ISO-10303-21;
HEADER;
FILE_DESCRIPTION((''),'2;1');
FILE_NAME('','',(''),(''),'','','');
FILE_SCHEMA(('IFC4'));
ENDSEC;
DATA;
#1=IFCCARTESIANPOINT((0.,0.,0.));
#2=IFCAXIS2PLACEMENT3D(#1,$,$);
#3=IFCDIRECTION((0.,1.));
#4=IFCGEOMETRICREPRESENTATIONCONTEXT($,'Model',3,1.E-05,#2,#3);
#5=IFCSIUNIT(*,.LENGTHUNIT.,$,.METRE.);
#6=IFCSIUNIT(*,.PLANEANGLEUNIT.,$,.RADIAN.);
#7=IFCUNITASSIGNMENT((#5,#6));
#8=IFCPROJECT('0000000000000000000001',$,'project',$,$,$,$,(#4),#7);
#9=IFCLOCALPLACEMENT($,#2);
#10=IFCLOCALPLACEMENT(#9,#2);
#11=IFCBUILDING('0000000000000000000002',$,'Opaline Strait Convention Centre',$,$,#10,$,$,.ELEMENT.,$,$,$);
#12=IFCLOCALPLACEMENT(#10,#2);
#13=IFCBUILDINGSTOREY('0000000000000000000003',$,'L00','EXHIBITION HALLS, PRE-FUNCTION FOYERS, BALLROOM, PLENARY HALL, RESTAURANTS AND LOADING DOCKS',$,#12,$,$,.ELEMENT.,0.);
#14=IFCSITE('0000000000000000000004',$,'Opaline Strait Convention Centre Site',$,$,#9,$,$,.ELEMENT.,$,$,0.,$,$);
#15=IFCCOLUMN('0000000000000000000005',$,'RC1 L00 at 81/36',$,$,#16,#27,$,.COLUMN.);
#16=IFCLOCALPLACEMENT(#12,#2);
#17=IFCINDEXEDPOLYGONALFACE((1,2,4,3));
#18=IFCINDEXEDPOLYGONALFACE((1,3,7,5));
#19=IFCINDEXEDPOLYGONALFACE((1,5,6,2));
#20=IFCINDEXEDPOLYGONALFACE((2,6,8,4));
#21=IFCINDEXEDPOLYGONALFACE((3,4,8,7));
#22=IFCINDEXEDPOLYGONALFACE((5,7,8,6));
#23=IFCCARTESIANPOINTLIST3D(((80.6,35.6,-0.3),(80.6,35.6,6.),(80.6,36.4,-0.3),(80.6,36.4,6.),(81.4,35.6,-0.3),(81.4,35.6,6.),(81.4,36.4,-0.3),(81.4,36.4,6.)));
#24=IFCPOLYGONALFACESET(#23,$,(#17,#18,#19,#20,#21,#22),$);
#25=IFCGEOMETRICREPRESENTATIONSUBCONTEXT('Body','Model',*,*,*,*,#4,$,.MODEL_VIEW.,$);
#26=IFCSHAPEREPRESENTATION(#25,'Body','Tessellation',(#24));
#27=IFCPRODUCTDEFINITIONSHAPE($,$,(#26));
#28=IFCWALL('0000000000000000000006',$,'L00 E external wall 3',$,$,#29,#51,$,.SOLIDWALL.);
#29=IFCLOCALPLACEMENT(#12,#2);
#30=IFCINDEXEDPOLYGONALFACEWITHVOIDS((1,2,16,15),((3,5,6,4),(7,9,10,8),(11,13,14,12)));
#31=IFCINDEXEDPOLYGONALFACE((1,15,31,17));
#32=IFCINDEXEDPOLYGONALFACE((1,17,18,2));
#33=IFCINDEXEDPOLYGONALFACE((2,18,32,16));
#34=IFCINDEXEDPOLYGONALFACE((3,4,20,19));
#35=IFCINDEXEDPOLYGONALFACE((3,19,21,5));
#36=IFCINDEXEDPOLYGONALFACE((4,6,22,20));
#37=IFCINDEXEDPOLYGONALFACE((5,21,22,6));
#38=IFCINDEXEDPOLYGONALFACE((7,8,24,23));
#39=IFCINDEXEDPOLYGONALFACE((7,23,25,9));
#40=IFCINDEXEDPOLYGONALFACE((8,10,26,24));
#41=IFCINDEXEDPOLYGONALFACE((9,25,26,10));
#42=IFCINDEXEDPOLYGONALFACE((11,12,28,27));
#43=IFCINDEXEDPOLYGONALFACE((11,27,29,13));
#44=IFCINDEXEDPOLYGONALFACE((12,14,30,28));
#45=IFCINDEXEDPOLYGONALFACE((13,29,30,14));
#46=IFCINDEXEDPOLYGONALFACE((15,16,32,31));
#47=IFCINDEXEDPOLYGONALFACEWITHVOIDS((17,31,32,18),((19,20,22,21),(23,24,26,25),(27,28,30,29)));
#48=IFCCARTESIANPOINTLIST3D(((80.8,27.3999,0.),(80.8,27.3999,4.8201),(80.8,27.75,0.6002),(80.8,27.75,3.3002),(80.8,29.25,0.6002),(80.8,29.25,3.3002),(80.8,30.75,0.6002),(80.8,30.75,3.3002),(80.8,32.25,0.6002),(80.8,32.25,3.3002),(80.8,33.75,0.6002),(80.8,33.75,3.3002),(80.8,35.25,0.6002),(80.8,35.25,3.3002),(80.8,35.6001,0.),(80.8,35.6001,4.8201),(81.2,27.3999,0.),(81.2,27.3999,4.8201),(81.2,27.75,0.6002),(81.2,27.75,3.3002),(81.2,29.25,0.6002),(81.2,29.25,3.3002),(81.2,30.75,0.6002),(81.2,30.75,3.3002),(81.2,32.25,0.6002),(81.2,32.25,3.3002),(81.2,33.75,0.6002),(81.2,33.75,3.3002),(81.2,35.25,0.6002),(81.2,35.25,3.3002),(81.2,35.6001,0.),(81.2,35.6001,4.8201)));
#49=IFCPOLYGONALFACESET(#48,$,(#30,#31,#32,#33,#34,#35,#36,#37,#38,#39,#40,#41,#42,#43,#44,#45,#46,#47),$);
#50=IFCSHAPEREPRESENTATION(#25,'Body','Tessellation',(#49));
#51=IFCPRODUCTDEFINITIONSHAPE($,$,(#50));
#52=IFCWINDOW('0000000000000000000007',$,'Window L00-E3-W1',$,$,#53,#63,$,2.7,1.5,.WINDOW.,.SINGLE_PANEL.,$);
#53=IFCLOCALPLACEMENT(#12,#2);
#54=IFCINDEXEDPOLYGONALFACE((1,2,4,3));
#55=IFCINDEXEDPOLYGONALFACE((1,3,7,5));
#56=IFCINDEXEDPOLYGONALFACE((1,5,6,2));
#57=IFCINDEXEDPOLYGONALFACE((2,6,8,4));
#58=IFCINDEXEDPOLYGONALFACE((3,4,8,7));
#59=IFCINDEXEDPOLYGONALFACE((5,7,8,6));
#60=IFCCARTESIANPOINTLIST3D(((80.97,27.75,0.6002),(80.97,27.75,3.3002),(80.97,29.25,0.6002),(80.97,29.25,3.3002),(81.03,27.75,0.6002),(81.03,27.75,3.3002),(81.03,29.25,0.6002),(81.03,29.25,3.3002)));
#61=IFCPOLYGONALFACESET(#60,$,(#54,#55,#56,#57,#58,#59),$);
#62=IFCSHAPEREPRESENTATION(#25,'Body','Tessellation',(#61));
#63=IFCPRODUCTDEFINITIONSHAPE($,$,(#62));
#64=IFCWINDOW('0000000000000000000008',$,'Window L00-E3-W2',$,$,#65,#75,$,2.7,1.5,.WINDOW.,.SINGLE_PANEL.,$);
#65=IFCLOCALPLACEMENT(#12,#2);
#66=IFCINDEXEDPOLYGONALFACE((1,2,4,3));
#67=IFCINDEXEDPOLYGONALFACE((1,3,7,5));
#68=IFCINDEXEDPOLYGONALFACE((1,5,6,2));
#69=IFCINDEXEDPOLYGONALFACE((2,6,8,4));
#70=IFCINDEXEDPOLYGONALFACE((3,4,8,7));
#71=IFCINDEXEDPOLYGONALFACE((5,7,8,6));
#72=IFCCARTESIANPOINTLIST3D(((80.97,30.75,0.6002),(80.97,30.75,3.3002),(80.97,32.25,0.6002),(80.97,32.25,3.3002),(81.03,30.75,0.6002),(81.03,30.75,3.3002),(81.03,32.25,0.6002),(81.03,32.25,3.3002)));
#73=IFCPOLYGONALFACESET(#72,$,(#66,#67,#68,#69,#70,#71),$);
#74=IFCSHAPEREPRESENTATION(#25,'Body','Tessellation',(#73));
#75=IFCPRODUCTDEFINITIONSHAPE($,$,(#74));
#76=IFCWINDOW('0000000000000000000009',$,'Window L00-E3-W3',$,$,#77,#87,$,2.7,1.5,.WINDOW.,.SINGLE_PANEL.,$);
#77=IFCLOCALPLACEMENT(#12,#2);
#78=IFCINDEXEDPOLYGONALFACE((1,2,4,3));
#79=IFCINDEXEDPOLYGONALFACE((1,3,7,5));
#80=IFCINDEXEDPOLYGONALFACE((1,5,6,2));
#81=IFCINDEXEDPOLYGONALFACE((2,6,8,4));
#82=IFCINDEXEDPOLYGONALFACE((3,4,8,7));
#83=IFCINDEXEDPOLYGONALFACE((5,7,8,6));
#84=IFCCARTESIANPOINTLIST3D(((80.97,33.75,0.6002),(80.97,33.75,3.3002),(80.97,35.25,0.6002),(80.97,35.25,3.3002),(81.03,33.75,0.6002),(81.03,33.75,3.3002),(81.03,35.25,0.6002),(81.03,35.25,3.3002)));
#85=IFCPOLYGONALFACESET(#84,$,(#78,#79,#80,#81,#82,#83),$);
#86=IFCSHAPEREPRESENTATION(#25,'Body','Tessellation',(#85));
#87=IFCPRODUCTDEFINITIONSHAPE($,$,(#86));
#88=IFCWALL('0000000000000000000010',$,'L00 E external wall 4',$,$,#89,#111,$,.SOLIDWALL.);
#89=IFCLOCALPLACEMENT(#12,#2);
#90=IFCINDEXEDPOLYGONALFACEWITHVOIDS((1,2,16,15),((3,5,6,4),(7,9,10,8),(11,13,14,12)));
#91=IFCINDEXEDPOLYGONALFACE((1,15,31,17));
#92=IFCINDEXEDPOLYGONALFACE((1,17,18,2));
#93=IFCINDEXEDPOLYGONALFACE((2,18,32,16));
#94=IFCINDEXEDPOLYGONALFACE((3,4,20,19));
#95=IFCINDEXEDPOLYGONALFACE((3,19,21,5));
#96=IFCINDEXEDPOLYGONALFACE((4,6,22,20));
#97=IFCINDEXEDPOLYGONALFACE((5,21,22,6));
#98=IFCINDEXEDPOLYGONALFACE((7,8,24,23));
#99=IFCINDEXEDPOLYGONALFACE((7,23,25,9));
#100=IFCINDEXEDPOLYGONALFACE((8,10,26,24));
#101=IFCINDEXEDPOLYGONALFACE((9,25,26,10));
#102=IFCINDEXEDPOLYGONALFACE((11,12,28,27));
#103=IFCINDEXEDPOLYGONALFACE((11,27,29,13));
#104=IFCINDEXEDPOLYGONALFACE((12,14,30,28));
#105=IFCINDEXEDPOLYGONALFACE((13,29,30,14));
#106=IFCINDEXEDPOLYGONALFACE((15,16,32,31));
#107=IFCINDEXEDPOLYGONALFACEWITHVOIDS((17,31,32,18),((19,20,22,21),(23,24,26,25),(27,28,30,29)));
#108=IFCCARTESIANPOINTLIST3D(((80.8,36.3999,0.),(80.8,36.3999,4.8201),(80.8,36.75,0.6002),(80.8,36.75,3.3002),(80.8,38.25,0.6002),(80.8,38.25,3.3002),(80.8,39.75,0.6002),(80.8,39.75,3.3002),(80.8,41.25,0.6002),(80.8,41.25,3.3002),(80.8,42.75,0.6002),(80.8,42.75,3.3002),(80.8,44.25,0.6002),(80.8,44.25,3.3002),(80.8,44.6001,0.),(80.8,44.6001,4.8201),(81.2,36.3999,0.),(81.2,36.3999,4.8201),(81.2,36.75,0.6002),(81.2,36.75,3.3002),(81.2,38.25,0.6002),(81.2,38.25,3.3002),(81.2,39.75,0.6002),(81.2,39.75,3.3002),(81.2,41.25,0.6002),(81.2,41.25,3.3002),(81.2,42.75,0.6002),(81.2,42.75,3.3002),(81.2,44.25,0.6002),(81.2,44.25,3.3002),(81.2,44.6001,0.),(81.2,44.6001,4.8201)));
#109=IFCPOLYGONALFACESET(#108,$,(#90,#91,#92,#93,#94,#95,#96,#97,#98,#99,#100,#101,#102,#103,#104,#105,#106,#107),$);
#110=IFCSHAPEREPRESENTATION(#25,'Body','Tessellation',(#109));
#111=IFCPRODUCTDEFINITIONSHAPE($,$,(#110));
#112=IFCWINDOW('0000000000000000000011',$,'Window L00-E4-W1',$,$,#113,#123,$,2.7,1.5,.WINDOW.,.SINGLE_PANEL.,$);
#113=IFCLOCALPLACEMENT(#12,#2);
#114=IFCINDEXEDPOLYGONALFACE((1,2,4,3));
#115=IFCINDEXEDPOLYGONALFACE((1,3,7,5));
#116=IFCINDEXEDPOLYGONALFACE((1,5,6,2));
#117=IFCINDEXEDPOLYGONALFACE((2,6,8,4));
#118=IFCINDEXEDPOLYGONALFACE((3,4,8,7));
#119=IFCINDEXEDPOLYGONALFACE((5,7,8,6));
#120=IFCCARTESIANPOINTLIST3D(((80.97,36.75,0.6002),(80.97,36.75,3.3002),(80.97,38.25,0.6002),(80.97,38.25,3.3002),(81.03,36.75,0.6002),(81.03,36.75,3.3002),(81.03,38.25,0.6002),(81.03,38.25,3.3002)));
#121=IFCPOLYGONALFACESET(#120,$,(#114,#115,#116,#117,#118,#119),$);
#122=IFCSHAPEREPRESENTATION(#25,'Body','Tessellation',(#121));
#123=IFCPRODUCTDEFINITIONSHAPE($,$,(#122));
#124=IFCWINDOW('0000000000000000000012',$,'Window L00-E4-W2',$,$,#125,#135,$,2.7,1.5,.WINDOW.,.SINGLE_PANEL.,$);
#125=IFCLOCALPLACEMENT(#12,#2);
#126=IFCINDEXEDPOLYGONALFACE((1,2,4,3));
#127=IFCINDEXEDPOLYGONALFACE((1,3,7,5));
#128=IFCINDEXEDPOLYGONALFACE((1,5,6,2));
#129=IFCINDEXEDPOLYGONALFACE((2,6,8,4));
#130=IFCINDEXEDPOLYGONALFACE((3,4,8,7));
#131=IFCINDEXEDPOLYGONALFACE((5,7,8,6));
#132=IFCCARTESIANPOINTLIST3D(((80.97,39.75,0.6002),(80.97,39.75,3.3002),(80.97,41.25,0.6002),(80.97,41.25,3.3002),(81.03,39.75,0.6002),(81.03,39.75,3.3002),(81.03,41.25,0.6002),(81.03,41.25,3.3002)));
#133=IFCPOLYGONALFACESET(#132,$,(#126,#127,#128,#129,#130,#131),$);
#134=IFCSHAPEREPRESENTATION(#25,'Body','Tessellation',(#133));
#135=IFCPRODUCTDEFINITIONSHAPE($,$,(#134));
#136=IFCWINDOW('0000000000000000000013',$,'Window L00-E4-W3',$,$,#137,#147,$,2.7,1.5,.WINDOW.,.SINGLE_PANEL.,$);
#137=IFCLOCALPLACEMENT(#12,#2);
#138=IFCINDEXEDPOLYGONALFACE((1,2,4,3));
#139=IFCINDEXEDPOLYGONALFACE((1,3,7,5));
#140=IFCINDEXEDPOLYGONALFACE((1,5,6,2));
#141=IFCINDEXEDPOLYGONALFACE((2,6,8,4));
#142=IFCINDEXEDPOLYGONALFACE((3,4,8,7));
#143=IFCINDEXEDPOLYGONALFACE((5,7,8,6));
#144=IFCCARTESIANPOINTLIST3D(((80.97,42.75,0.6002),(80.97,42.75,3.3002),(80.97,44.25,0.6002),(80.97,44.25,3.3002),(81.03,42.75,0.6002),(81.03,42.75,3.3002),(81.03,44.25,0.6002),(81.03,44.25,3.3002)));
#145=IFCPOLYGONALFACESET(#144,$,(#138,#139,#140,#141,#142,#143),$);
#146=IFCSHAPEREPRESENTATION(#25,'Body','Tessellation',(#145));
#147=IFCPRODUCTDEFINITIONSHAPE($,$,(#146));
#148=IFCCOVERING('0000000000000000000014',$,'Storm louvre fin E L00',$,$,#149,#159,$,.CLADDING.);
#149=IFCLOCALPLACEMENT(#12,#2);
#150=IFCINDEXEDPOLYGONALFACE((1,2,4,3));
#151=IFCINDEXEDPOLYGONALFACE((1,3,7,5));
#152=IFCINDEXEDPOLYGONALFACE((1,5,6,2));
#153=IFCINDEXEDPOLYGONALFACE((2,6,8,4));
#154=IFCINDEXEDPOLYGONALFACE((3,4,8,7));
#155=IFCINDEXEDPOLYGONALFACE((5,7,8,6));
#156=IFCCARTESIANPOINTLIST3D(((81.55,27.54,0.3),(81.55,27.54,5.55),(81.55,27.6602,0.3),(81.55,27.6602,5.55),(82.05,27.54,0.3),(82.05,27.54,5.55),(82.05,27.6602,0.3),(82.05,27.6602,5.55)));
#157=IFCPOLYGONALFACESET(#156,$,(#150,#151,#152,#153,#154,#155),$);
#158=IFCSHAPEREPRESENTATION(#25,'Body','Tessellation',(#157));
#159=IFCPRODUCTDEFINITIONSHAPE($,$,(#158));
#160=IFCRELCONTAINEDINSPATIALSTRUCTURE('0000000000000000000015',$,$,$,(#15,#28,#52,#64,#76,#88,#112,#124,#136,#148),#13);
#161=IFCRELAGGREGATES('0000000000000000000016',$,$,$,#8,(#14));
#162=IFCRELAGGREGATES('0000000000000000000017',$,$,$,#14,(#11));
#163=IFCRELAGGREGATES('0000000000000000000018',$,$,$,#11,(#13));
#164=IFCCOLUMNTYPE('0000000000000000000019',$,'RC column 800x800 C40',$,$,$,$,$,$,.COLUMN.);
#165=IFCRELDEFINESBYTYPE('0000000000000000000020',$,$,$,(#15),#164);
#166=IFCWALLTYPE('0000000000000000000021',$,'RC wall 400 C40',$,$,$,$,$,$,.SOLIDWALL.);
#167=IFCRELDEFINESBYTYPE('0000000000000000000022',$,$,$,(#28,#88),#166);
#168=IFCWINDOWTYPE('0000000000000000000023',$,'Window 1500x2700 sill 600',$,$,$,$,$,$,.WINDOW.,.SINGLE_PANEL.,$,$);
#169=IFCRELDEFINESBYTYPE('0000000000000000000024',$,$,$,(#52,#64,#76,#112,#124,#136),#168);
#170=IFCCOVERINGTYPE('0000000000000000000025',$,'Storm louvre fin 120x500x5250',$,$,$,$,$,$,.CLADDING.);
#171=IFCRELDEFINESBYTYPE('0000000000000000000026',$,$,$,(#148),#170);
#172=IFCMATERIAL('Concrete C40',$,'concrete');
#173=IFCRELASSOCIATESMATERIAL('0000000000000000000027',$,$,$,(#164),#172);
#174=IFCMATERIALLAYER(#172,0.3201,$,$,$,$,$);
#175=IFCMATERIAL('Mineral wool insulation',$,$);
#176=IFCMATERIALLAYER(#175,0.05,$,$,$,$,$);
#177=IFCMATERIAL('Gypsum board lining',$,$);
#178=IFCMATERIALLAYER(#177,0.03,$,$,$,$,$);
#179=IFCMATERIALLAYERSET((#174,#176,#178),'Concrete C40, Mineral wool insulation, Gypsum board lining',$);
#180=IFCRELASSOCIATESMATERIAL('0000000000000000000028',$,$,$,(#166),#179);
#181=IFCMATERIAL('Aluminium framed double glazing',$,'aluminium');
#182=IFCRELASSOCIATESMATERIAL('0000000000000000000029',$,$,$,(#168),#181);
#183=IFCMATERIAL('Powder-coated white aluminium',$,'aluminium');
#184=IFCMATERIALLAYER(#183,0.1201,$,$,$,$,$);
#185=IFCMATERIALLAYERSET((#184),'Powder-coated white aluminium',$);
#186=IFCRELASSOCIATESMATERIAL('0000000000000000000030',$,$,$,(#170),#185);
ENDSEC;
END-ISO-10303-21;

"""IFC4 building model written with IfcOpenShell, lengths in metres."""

from ifc_helpers import new_model, si_unit, direction, frame, frame_2d, origin, origin_2d, place, context, subcontext, project, spatial, rectangle, extrude, material, layer, layer_set, material_profile, profile_set, type_object, element, fill, save


model = new_model("IFC4")

# Units and contexts
model_context = context("Model", 3, precision=1e-05, world=origin(), true_north=direction((0.0, 1.0)))
body_context = subcontext(model_context, "Body", "Model", "MODEL_VIEW")
ifc_project = project(units=[si_unit("LENGTHUNIT", "METRE"), si_unit("PLANEANGLEUNIT", "RADIAN")], contexts=[model_context])

# Site, building, storey
site_placement = place(None, origin())
site = spatial("IfcSite", under=ifc_project, at=site_placement, Name="Opaline Strait Convention Centre Site", CompositionType="ELEMENT", RefElevation=0.0)
building_placement = place(site_placement, origin())
building = spatial("IfcBuilding", under=site, at=building_placement, Name="Opaline Strait Convention Centre", CompositionType="ELEMENT")
storey_placement = place(building_placement, origin())
storey = spatial("IfcBuildingStorey", under=building, at=storey_placement, Name="L00", Description="EXHIBITION HALLS, PRE-FUNCTION FOYERS, BALLROOM, PLENARY HALL, RESTAURANTS AND LOADING DOCKS", CompositionType="ELEMENT", Elevation=0.0)

# Column
ifc_material_1 = material(Name="Concrete C40", Category="concrete")
ifc_material_profile_1 = material_profile(ifc_material_1, rectangle(XDim=0.8, YDim=0.8, at=origin_2d()), Name="RC 800x800")
ifc_profile_set_1 = profile_set([ifc_material_profile_1], Name="Concrete C40")
column_type = type_object("IfcColumnType", Name="RC column 800x800 C40", PredefinedType="COLUMN", material=ifc_profile_set_1)
for number, where, z_axis, x_axis, name in (
    (1, (81.0, 36.0, -0.3), (0.0, 0.0, 1.0), (1.0, 0.0, 0.0), "RC1 L00 at 81/36"),
):
    element("IfcColumn", number, at=place(storey_placement, frame(where, z_axis=z_axis, x_axis=x_axis)), inside=storey, type_object=column_type, Name=name, PredefinedType="COLUMN", context=body_context, shape_type="SweptSolid", body=[
        extrude(rectangle(XDim=0.8, YDim=0.8, at=origin_2d()), origin(), (0.0, 0.0, 1.0), 6.3),
    ])

# Walls, openings, windows
ifc_layer_1 = layer(ifc_material_1, 0.3201)
ifc_material_2 = material(Name="Mineral wool insulation")
ifc_layer_2 = layer(ifc_material_2, 0.05)
ifc_material_3 = material(Name="Gypsum board lining")
ifc_layer_3 = layer(ifc_material_3, 0.03)
ifc_layer_set_1 = layer_set([ifc_layer_1, ifc_layer_2, ifc_layer_3], Name="Concrete C40, Mineral wool insulation, Gypsum board lining")
wall_type = type_object("IfcWallType", Name="RC wall 400 C40", PredefinedType="SOLIDWALL", material=ifc_layer_set_1)
wall_1_placement = place(storey_placement, frame((81.0, 27.3999, 0.0), z_axis=(0.0, 0.0, 1.0), x_axis=(0.0, 1.0, 0.0)))
wall_1 = element("IfcWall", 2, at=wall_1_placement, inside=storey, type_object=wall_type, Name="L00 E external wall 3", PredefinedType="SOLIDWALL", context=body_context, shape_type="SweptSolid", body=[
    extrude(rectangle(XDim=8.2002, YDim=0.3999, at=frame_2d((4.1001, 0.0))), origin(), (0.0, 0.0, 1.0), 4.8201),
])
opening_1_placement = place(wall_1_placement, frame((0.3501, 0.0, 0.6001)))
opening_1 = element("IfcOpeningElement", 3, at=opening_1_placement, cuts=wall_1, PredefinedType="OPENING", context=body_context, shape_type="SweptSolid", body=[
    extrude(rectangle(XDim=1.5, YDim=2.7, at=frame_2d((0.75, 1.3501))), frame((0.0, 0.21, 0.0), z_axis=(0.0, -1.0, 0.0), x_axis=(1.0, 0.0, 0.0)), (0.0, 0.0, 1.0), 0.4199),
])
opening_2_placement = place(wall_1_placement, frame((3.3501, 0.0, 0.6001)))
opening_2 = element("IfcOpeningElement", 4, at=opening_2_placement, cuts=wall_1, PredefinedType="OPENING", context=body_context, shape_type="SweptSolid", body=[
    extrude(rectangle(XDim=1.5, YDim=2.7, at=frame_2d((0.75, 1.3501))), frame((0.0, 0.21, 0.0), z_axis=(0.0, -1.0, 0.0), x_axis=(1.0, 0.0, 0.0)), (0.0, 0.0, 1.0), 0.4199),
])
opening_3_placement = place(wall_1_placement, frame((6.3501, 0.0, 0.6001)))
opening_3 = element("IfcOpeningElement", 5, at=opening_3_placement, cuts=wall_1, PredefinedType="OPENING", context=body_context, shape_type="SweptSolid", body=[
    extrude(rectangle(XDim=1.5, YDim=2.7, at=frame_2d((0.75, 1.3501))), frame((0.0, 0.21, 0.0), z_axis=(0.0, -1.0, 0.0), x_axis=(1.0, 0.0, 0.0)), (0.0, 0.0, 1.0), 0.4199),
])
ifc_material_4 = material(Name="Aluminium framed double glazing", Category="aluminium")
window_type = type_object("IfcWindowType", Name="Window 1500x2700 sill 600", PartitioningType="SINGLE_PANEL", PredefinedType="WINDOW", material=ifc_material_4)
window_1_placement = place(opening_1_placement, origin())
window_1 = element("IfcWindow", 6, at=window_1_placement, inside=storey, type_object=window_type, Name="Window L00-E3-W1", OverallHeight=2.7, OverallWidth=1.5, PartitioningType="SINGLE_PANEL", PredefinedType="WINDOW", context=body_context, shape_type="SweptSolid", body=[
    extrude(rectangle(XDim=1.5, YDim=2.7, at=frame_2d((0.75, 1.3501))), frame((0.0, 0.03, 0.0), z_axis=(0.0, -1.0, 0.0), x_axis=(1.0, 0.0, 0.0)), (0.0, 0.0, 1.0), 0.0601),
])
fill(opening_1, window_1)
window_2_placement = place(opening_2_placement, origin())
window_2 = element("IfcWindow", 7, at=window_2_placement, inside=storey, type_object=window_type, Name="Window L00-E3-W2", OverallHeight=2.7, OverallWidth=1.5, PartitioningType="SINGLE_PANEL", PredefinedType="WINDOW", context=body_context, shape_type="SweptSolid", body=[
    extrude(rectangle(XDim=1.5, YDim=2.7, at=frame_2d((0.75, 1.3501))), frame((0.0, 0.03, 0.0), z_axis=(0.0, -1.0, 0.0), x_axis=(1.0, 0.0, 0.0)), (0.0, 0.0, 1.0), 0.0601),
])
fill(opening_2, window_2)
window_3_placement = place(opening_3_placement, origin())
window_3 = element("IfcWindow", 8, at=window_3_placement, inside=storey, type_object=window_type, Name="Window L00-E3-W3", OverallHeight=2.7, OverallWidth=1.5, PartitioningType="SINGLE_PANEL", PredefinedType="WINDOW", context=body_context, shape_type="SweptSolid", body=[
    extrude(rectangle(XDim=1.5, YDim=2.7, at=frame_2d((0.75, 1.3501))), frame((0.0, 0.03, 0.0), z_axis=(0.0, -1.0, 0.0), x_axis=(1.0, 0.0, 0.0)), (0.0, 0.0, 1.0), 0.0601),
])
fill(opening_3, window_3)
wall_2_placement = place(storey_placement, frame((81.0, 36.3999, 0.0), z_axis=(0.0, 0.0, 1.0), x_axis=(0.0, 1.0, 0.0)))
wall_2 = element("IfcWall", 9, at=wall_2_placement, inside=storey, type_object=wall_type, Name="L00 E external wall 4", PredefinedType="SOLIDWALL", context=body_context, shape_type="SweptSolid", body=[
    extrude(rectangle(XDim=8.2002, YDim=0.3999, at=frame_2d((4.1001, 0.0))), origin(), (0.0, 0.0, 1.0), 4.8201),
])
opening_4_placement = place(wall_2_placement, frame((0.3501, 0.0, 0.6001)))
opening_4 = element("IfcOpeningElement", 10, at=opening_4_placement, cuts=wall_2, PredefinedType="OPENING", context=body_context, shape_type="SweptSolid", body=[
    extrude(rectangle(XDim=1.5, YDim=2.7, at=frame_2d((0.75, 1.3501))), frame((0.0, 0.21, 0.0), z_axis=(0.0, -1.0, 0.0), x_axis=(1.0, 0.0, 0.0)), (0.0, 0.0, 1.0), 0.4199),
])
opening_5_placement = place(wall_2_placement, frame((3.3501, 0.0, 0.6001)))
opening_5 = element("IfcOpeningElement", 11, at=opening_5_placement, cuts=wall_2, PredefinedType="OPENING", context=body_context, shape_type="SweptSolid", body=[
    extrude(rectangle(XDim=1.5, YDim=2.7, at=frame_2d((0.75, 1.3501))), frame((0.0, 0.21, 0.0), z_axis=(0.0, -1.0, 0.0), x_axis=(1.0, 0.0, 0.0)), (0.0, 0.0, 1.0), 0.4199),
])
opening_6_placement = place(wall_2_placement, frame((6.3501, 0.0, 0.6001)))
opening_6 = element("IfcOpeningElement", 12, at=opening_6_placement, cuts=wall_2, PredefinedType="OPENING", context=body_context, shape_type="SweptSolid", body=[
    extrude(rectangle(XDim=1.5, YDim=2.7, at=frame_2d((0.75, 1.3501))), frame((0.0, 0.21, 0.0), z_axis=(0.0, -1.0, 0.0), x_axis=(1.0, 0.0, 0.0)), (0.0, 0.0, 1.0), 0.4199),
])
window_4_placement = place(opening_4_placement, origin())
window_4 = element("IfcWindow", 13, at=window_4_placement, inside=storey, type_object=window_type, Name="Window L00-E4-W1", OverallHeight=2.7, OverallWidth=1.5, PartitioningType="SINGLE_PANEL", PredefinedType="WINDOW", context=body_context, shape_type="SweptSolid", body=[
    extrude(rectangle(XDim=1.5, YDim=2.7, at=frame_2d((0.75, 1.3501))), frame((0.0, 0.03, 0.0), z_axis=(0.0, -1.0, 0.0), x_axis=(1.0, 0.0, 0.0)), (0.0, 0.0, 1.0), 0.0601),
])
fill(opening_4, window_4)
window_5_placement = place(opening_5_placement, origin())
window_5 = element("IfcWindow", 14, at=window_5_placement, inside=storey, type_object=window_type, Name="Window L00-E4-W2", OverallHeight=2.7, OverallWidth=1.5, PartitioningType="SINGLE_PANEL", PredefinedType="WINDOW", context=body_context, shape_type="SweptSolid", body=[
    extrude(rectangle(XDim=1.5, YDim=2.7, at=frame_2d((0.75, 1.3501))), frame((0.0, 0.03, 0.0), z_axis=(0.0, -1.0, 0.0), x_axis=(1.0, 0.0, 0.0)), (0.0, 0.0, 1.0), 0.0601),
])
fill(opening_5, window_5)
window_6_placement = place(opening_6_placement, origin())
window_6 = element("IfcWindow", 15, at=window_6_placement, inside=storey, type_object=window_type, Name="Window L00-E4-W3", OverallHeight=2.7, OverallWidth=1.5, PartitioningType="SINGLE_PANEL", PredefinedType="WINDOW", context=body_context, shape_type="SweptSolid", body=[
    extrude(rectangle(XDim=1.5, YDim=2.7, at=frame_2d((0.75, 1.3501))), frame((0.0, 0.03, 0.0), z_axis=(0.0, -1.0, 0.0), x_axis=(1.0, 0.0, 0.0)), (0.0, 0.0, 1.0), 0.0601),
])
fill(opening_6, window_6)

# Covering
ifc_material_5 = material(Name="Powder-coated white aluminium", Category="aluminium")
ifc_layer_4 = layer(ifc_material_5, 0.1201)
ifc_layer_set_2 = layer_set([ifc_layer_4], Name="Powder-coated white aluminium")
covering_type = type_object("IfcCoveringType", Name="Storm louvre fin 120x500x5250", PredefinedType="CLADDING", material=ifc_layer_set_2)
for number, where, z_axis, x_axis, name in (
    (16, (81.8, 27.6001, 0.3), (0.0, 0.0, 1.0), (1.0, 0.0, 0.0), "Storm louvre fin E L00"),
):
    element("IfcCovering", number, at=place(storey_placement, frame(where, z_axis=z_axis, x_axis=x_axis)), inside=storey, type_object=covering_type, Name=name, PredefinedType="CLADDING", context=body_context, shape_type="SweptSolid", body=[
        extrude(rectangle(XDim=0.5, YDim=0.1201, at=origin_2d()), origin(), (0.0, 0.0, 1.0), 5.25),
    ])

save(model, "model.ifc")
